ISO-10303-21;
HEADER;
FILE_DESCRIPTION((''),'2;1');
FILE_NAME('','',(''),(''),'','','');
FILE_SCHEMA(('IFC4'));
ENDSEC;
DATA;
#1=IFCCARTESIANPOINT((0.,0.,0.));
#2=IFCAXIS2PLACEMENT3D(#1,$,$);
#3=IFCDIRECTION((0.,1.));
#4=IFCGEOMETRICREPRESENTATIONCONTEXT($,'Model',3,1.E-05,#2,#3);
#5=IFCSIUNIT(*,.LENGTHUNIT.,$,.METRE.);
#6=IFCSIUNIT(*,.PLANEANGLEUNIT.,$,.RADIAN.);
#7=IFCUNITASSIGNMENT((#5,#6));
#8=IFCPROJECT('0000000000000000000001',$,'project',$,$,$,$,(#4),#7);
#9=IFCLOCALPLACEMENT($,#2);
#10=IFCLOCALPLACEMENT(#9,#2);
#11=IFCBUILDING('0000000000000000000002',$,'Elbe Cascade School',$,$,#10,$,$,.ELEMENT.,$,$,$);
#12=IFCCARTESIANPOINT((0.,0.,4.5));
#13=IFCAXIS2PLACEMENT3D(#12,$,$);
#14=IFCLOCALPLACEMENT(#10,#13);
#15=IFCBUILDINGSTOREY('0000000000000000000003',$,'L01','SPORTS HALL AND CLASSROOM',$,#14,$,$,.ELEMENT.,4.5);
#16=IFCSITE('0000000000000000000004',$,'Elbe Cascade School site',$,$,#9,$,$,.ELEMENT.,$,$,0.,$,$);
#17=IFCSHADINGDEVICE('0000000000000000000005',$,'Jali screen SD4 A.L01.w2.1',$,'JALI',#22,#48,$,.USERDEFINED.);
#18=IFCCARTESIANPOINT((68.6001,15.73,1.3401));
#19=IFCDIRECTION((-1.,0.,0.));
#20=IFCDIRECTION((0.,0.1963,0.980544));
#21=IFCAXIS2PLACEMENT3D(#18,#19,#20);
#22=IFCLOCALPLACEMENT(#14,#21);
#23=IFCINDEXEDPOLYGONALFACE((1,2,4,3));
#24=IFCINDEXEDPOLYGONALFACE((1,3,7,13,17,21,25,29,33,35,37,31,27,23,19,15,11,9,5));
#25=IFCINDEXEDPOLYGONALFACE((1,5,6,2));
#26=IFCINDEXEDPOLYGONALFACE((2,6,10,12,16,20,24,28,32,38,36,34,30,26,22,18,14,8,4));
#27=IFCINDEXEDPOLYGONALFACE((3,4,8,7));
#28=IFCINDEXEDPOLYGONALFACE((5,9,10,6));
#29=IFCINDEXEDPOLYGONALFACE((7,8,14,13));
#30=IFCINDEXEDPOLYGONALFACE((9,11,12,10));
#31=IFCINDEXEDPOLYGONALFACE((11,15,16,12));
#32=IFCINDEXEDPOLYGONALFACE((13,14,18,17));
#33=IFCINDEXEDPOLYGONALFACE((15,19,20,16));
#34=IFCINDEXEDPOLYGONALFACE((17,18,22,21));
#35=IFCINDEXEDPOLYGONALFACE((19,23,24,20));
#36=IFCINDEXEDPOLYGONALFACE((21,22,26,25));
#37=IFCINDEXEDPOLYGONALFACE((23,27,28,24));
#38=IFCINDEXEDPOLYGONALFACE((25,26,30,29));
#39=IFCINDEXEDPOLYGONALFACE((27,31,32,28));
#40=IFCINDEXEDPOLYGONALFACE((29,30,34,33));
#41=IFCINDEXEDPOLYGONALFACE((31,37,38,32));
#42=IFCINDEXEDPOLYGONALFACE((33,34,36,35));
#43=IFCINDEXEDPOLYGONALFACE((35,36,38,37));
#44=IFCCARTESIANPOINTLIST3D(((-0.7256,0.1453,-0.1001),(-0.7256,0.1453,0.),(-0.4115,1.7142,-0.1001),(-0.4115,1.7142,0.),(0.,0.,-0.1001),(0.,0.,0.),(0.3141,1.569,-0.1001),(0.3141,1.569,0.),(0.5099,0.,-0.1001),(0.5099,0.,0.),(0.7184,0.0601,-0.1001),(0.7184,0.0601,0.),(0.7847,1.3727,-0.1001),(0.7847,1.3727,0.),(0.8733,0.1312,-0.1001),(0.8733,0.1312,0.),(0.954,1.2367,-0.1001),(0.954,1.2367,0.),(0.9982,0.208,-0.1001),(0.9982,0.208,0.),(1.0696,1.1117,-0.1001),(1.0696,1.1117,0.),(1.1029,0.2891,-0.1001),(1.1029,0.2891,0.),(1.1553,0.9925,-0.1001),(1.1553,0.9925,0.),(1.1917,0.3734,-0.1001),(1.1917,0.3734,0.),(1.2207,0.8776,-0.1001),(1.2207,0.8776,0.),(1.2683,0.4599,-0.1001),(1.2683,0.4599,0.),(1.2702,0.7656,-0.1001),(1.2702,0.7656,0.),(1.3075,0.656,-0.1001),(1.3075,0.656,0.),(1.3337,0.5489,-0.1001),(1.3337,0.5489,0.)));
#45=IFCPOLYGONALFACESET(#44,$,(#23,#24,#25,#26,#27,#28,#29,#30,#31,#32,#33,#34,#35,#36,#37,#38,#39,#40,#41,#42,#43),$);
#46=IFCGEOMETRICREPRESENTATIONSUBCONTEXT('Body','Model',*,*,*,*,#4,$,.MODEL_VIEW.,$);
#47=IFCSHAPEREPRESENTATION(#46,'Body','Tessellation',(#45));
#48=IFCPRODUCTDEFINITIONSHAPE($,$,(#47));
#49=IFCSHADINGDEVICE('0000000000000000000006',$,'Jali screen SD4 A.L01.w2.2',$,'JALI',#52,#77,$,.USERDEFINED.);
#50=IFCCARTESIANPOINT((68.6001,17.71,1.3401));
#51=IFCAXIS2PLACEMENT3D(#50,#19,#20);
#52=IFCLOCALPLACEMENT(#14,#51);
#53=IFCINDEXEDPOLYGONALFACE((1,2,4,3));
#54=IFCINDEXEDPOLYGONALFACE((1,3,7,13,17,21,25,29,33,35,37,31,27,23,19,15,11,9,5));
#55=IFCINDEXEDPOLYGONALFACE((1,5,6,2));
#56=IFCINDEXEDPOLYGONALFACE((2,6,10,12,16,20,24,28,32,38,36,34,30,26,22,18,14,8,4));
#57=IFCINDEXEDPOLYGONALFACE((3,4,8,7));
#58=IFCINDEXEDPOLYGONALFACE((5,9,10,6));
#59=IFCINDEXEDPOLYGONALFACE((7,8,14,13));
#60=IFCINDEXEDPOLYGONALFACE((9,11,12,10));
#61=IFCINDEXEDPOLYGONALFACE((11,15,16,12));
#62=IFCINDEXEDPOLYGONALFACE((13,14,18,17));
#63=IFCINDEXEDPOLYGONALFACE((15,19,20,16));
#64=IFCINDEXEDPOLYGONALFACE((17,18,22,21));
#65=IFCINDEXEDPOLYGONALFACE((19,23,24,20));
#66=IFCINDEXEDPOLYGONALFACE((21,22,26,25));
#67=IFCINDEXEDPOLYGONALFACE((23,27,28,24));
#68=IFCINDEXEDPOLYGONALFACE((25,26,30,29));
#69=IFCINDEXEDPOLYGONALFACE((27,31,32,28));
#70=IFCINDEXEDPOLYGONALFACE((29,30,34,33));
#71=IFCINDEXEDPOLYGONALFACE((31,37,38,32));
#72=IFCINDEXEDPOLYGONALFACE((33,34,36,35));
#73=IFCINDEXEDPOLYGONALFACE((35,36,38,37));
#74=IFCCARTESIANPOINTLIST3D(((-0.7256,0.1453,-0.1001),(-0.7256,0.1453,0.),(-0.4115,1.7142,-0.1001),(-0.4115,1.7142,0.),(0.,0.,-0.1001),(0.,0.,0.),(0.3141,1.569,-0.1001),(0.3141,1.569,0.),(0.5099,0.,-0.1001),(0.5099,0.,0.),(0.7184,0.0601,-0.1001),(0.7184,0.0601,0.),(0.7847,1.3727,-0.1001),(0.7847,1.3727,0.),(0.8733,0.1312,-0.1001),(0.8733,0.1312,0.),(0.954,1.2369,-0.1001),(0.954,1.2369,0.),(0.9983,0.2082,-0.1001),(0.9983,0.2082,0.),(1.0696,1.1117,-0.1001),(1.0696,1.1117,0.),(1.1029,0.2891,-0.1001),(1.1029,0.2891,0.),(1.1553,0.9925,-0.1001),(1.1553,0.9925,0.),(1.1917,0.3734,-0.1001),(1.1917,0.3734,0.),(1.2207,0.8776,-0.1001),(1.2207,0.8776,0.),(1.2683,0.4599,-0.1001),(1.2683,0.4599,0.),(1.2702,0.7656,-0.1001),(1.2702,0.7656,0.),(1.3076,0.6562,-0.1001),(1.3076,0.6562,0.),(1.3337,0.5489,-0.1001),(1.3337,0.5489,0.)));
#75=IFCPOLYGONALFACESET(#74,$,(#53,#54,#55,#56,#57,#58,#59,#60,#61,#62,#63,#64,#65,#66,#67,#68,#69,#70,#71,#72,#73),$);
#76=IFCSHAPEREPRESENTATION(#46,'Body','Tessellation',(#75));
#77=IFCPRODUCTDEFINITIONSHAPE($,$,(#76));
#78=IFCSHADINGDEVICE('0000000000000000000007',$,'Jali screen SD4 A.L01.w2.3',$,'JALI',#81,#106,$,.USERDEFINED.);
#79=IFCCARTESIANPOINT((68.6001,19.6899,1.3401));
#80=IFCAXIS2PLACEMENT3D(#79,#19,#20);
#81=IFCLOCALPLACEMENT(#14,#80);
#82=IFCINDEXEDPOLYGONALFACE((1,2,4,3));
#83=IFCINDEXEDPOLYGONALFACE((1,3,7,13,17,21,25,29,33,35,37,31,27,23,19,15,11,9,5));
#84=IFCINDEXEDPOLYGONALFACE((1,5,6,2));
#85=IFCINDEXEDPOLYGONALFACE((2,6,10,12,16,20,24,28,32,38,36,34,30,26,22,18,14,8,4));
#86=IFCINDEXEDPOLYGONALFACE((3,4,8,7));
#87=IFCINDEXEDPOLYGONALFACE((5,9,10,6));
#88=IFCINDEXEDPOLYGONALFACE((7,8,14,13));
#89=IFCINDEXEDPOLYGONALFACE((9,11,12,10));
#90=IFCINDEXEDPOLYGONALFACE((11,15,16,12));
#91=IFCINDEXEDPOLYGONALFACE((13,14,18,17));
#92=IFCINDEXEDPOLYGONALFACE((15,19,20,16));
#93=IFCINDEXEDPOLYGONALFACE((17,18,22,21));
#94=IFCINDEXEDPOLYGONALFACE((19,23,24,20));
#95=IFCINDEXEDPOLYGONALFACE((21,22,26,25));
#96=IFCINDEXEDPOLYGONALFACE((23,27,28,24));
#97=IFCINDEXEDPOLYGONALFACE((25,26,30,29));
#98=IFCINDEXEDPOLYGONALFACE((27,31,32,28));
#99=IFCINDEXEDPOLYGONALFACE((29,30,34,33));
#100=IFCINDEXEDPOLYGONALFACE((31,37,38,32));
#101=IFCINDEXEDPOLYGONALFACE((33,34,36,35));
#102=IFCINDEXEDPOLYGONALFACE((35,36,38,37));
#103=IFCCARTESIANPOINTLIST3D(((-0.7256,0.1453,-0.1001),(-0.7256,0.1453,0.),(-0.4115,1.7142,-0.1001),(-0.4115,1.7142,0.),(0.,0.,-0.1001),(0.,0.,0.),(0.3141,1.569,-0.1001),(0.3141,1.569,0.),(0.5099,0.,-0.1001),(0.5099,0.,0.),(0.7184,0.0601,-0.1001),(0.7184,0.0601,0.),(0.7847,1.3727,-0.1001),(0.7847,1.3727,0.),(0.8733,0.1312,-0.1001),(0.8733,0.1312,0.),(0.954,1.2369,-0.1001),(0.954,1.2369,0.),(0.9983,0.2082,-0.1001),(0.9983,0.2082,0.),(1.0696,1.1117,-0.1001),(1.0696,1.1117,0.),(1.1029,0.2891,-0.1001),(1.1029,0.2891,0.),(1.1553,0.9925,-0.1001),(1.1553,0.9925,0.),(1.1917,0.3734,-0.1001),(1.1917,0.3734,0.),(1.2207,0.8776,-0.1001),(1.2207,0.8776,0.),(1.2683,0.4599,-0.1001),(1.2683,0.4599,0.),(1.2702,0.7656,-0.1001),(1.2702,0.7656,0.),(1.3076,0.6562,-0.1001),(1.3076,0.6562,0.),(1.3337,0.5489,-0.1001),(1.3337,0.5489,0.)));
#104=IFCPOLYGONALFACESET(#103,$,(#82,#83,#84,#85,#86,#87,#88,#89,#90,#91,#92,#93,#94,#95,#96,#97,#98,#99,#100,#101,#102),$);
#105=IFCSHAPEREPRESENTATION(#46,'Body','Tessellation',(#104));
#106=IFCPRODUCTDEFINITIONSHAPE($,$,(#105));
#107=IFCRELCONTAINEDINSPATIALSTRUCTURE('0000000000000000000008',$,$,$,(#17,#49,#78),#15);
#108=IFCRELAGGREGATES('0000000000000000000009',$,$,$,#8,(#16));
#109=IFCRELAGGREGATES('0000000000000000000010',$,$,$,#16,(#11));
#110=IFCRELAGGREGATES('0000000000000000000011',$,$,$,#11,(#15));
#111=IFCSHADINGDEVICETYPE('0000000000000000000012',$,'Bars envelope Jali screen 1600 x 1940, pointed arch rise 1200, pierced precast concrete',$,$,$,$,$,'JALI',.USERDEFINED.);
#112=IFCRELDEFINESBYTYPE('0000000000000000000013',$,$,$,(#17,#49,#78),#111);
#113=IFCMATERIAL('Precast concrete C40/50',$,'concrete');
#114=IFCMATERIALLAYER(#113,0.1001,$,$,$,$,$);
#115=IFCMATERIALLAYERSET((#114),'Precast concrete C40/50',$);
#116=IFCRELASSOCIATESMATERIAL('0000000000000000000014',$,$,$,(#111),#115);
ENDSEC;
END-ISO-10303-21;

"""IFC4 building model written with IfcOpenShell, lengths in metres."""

from ifc_helpers import new_model, si_unit, direction, frame, origin, place, context, subcontext, project, spatial, polyline, outline, extrude, material, layer, layer_set, type_object, element, save


model = new_model("IFC4")

# Units and contexts
model_context = context("Model", 3, precision=1e-05, world=origin(), true_north=direction((0.0, 1.0)))
body_context = subcontext(model_context, "Body", "Model", "MODEL_VIEW")
ifc_project = project(units=[si_unit("LENGTHUNIT", "METRE"), si_unit("PLANEANGLEUNIT", "RADIAN")], contexts=[model_context])

# Site, building, storey
site_placement = place(None, origin())
site = spatial("IfcSite", under=ifc_project, at=site_placement, Name="Elbe Cascade School site", CompositionType="ELEMENT", RefElevation=0.0)
building_placement = place(site_placement, origin())
building = spatial("IfcBuilding", under=site, at=building_placement, Name="Elbe Cascade School", CompositionType="ELEMENT")
storey_placement = place(building_placement, frame((0.0, 0.0, 4.5)))
storey = spatial("IfcBuildingStorey", under=building, at=storey_placement, Name="L01", Description="SPORTS HALL AND CLASSROOM", CompositionType="ELEMENT", Elevation=4.5)

# Shading devices
ifc_material_1 = material(Name="Precast concrete C40/50", Category="concrete")
ifc_layer_1 = layer(ifc_material_1, 0.1001)
ifc_layer_set_1 = layer_set([ifc_layer_1], Name="Precast concrete C40/50")
shading_device_type_1 = type_object("IfcShadingDeviceType", Name="Bars envelope Jali screen 1600 x 1940, pointed arch rise 1200, pierced precast concrete", ElementType="JALI", PredefinedType="USERDEFINED", material=ifc_layer_set_1)
shading_device_1_placement = place(storey_placement, frame((68.6001, 15.73, 1.3401), z_axis=(-1.0, 0.0, 0.0), x_axis=(0.0, 0.1963, 0.980544)))
element("IfcShadingDevice", 1, at=shading_device_1_placement, inside=storey, type_object=shading_device_type_1, Name="Jali screen SD4 A.L01.w2.1", ObjectType="JALI", PredefinedType="USERDEFINED", context=body_context, shape_type="SweptSolid", body=[
    extrude(outline(polyline([(0.0, 0.0), (0.5099, 0.0), (0.7184, 0.0601), (0.8733, 0.1312), (0.9982, 0.208), (1.1029, 0.2891), (1.1917, 0.3734), (1.2683, 0.4599), (1.3337, 0.5489), (1.3075, 0.656), (1.2702, 0.7656), (1.2207, 0.8776), (1.1553, 0.9925), (1.0696, 1.1117), (0.954, 1.2367), (0.7847, 1.3727), (0.3141, 1.569), (-0.4115, 1.7142), (-0.7256, 0.1453), (0.0, 0.0)])), origin(), (0.0, 0.0, -1.0), 0.1001),
])
for number, where, z_axis, x_axis, name in (
    (2, (68.6001, 17.71, 1.3401), (-1.0, 0.0, 0.0), (0.0, 0.1963, 0.980544), "Jali screen SD4 A.L01.w2.2"),
    (3, (68.6001, 19.6899, 1.3401), (-1.0, 0.0, 0.0), (0.0, 0.1963, 0.980544), "Jali screen SD4 A.L01.w2.3"),
):
    element("IfcShadingDevice", number, at=place(storey_placement, frame(where, z_axis=z_axis, x_axis=x_axis)), inside=storey, type_object=shading_device_type_1, Name=name, ObjectType="JALI", PredefinedType="USERDEFINED", context=body_context, shape_type="SweptSolid", body=[
        extrude(outline(polyline([(0.0, 0.0), (0.5099, 0.0), (0.7184, 0.0601), (0.8733, 0.1312), (0.9983, 0.2082), (1.1029, 0.2891), (1.1917, 0.3734), (1.2683, 0.4599), (1.3337, 0.5489), (1.3076, 0.6562), (1.2702, 0.7656), (1.2207, 0.8776), (1.1553, 0.9925), (1.0696, 1.1117), (0.954, 1.2369), (0.7847, 1.3727), (0.3141, 1.569), (-0.4115, 1.7142), (-0.7256, 0.1453), (0.0, 0.0)])), origin(), (0.0, 0.0, -1.0), 0.1001),
    ])

save(model, "model.ifc")
